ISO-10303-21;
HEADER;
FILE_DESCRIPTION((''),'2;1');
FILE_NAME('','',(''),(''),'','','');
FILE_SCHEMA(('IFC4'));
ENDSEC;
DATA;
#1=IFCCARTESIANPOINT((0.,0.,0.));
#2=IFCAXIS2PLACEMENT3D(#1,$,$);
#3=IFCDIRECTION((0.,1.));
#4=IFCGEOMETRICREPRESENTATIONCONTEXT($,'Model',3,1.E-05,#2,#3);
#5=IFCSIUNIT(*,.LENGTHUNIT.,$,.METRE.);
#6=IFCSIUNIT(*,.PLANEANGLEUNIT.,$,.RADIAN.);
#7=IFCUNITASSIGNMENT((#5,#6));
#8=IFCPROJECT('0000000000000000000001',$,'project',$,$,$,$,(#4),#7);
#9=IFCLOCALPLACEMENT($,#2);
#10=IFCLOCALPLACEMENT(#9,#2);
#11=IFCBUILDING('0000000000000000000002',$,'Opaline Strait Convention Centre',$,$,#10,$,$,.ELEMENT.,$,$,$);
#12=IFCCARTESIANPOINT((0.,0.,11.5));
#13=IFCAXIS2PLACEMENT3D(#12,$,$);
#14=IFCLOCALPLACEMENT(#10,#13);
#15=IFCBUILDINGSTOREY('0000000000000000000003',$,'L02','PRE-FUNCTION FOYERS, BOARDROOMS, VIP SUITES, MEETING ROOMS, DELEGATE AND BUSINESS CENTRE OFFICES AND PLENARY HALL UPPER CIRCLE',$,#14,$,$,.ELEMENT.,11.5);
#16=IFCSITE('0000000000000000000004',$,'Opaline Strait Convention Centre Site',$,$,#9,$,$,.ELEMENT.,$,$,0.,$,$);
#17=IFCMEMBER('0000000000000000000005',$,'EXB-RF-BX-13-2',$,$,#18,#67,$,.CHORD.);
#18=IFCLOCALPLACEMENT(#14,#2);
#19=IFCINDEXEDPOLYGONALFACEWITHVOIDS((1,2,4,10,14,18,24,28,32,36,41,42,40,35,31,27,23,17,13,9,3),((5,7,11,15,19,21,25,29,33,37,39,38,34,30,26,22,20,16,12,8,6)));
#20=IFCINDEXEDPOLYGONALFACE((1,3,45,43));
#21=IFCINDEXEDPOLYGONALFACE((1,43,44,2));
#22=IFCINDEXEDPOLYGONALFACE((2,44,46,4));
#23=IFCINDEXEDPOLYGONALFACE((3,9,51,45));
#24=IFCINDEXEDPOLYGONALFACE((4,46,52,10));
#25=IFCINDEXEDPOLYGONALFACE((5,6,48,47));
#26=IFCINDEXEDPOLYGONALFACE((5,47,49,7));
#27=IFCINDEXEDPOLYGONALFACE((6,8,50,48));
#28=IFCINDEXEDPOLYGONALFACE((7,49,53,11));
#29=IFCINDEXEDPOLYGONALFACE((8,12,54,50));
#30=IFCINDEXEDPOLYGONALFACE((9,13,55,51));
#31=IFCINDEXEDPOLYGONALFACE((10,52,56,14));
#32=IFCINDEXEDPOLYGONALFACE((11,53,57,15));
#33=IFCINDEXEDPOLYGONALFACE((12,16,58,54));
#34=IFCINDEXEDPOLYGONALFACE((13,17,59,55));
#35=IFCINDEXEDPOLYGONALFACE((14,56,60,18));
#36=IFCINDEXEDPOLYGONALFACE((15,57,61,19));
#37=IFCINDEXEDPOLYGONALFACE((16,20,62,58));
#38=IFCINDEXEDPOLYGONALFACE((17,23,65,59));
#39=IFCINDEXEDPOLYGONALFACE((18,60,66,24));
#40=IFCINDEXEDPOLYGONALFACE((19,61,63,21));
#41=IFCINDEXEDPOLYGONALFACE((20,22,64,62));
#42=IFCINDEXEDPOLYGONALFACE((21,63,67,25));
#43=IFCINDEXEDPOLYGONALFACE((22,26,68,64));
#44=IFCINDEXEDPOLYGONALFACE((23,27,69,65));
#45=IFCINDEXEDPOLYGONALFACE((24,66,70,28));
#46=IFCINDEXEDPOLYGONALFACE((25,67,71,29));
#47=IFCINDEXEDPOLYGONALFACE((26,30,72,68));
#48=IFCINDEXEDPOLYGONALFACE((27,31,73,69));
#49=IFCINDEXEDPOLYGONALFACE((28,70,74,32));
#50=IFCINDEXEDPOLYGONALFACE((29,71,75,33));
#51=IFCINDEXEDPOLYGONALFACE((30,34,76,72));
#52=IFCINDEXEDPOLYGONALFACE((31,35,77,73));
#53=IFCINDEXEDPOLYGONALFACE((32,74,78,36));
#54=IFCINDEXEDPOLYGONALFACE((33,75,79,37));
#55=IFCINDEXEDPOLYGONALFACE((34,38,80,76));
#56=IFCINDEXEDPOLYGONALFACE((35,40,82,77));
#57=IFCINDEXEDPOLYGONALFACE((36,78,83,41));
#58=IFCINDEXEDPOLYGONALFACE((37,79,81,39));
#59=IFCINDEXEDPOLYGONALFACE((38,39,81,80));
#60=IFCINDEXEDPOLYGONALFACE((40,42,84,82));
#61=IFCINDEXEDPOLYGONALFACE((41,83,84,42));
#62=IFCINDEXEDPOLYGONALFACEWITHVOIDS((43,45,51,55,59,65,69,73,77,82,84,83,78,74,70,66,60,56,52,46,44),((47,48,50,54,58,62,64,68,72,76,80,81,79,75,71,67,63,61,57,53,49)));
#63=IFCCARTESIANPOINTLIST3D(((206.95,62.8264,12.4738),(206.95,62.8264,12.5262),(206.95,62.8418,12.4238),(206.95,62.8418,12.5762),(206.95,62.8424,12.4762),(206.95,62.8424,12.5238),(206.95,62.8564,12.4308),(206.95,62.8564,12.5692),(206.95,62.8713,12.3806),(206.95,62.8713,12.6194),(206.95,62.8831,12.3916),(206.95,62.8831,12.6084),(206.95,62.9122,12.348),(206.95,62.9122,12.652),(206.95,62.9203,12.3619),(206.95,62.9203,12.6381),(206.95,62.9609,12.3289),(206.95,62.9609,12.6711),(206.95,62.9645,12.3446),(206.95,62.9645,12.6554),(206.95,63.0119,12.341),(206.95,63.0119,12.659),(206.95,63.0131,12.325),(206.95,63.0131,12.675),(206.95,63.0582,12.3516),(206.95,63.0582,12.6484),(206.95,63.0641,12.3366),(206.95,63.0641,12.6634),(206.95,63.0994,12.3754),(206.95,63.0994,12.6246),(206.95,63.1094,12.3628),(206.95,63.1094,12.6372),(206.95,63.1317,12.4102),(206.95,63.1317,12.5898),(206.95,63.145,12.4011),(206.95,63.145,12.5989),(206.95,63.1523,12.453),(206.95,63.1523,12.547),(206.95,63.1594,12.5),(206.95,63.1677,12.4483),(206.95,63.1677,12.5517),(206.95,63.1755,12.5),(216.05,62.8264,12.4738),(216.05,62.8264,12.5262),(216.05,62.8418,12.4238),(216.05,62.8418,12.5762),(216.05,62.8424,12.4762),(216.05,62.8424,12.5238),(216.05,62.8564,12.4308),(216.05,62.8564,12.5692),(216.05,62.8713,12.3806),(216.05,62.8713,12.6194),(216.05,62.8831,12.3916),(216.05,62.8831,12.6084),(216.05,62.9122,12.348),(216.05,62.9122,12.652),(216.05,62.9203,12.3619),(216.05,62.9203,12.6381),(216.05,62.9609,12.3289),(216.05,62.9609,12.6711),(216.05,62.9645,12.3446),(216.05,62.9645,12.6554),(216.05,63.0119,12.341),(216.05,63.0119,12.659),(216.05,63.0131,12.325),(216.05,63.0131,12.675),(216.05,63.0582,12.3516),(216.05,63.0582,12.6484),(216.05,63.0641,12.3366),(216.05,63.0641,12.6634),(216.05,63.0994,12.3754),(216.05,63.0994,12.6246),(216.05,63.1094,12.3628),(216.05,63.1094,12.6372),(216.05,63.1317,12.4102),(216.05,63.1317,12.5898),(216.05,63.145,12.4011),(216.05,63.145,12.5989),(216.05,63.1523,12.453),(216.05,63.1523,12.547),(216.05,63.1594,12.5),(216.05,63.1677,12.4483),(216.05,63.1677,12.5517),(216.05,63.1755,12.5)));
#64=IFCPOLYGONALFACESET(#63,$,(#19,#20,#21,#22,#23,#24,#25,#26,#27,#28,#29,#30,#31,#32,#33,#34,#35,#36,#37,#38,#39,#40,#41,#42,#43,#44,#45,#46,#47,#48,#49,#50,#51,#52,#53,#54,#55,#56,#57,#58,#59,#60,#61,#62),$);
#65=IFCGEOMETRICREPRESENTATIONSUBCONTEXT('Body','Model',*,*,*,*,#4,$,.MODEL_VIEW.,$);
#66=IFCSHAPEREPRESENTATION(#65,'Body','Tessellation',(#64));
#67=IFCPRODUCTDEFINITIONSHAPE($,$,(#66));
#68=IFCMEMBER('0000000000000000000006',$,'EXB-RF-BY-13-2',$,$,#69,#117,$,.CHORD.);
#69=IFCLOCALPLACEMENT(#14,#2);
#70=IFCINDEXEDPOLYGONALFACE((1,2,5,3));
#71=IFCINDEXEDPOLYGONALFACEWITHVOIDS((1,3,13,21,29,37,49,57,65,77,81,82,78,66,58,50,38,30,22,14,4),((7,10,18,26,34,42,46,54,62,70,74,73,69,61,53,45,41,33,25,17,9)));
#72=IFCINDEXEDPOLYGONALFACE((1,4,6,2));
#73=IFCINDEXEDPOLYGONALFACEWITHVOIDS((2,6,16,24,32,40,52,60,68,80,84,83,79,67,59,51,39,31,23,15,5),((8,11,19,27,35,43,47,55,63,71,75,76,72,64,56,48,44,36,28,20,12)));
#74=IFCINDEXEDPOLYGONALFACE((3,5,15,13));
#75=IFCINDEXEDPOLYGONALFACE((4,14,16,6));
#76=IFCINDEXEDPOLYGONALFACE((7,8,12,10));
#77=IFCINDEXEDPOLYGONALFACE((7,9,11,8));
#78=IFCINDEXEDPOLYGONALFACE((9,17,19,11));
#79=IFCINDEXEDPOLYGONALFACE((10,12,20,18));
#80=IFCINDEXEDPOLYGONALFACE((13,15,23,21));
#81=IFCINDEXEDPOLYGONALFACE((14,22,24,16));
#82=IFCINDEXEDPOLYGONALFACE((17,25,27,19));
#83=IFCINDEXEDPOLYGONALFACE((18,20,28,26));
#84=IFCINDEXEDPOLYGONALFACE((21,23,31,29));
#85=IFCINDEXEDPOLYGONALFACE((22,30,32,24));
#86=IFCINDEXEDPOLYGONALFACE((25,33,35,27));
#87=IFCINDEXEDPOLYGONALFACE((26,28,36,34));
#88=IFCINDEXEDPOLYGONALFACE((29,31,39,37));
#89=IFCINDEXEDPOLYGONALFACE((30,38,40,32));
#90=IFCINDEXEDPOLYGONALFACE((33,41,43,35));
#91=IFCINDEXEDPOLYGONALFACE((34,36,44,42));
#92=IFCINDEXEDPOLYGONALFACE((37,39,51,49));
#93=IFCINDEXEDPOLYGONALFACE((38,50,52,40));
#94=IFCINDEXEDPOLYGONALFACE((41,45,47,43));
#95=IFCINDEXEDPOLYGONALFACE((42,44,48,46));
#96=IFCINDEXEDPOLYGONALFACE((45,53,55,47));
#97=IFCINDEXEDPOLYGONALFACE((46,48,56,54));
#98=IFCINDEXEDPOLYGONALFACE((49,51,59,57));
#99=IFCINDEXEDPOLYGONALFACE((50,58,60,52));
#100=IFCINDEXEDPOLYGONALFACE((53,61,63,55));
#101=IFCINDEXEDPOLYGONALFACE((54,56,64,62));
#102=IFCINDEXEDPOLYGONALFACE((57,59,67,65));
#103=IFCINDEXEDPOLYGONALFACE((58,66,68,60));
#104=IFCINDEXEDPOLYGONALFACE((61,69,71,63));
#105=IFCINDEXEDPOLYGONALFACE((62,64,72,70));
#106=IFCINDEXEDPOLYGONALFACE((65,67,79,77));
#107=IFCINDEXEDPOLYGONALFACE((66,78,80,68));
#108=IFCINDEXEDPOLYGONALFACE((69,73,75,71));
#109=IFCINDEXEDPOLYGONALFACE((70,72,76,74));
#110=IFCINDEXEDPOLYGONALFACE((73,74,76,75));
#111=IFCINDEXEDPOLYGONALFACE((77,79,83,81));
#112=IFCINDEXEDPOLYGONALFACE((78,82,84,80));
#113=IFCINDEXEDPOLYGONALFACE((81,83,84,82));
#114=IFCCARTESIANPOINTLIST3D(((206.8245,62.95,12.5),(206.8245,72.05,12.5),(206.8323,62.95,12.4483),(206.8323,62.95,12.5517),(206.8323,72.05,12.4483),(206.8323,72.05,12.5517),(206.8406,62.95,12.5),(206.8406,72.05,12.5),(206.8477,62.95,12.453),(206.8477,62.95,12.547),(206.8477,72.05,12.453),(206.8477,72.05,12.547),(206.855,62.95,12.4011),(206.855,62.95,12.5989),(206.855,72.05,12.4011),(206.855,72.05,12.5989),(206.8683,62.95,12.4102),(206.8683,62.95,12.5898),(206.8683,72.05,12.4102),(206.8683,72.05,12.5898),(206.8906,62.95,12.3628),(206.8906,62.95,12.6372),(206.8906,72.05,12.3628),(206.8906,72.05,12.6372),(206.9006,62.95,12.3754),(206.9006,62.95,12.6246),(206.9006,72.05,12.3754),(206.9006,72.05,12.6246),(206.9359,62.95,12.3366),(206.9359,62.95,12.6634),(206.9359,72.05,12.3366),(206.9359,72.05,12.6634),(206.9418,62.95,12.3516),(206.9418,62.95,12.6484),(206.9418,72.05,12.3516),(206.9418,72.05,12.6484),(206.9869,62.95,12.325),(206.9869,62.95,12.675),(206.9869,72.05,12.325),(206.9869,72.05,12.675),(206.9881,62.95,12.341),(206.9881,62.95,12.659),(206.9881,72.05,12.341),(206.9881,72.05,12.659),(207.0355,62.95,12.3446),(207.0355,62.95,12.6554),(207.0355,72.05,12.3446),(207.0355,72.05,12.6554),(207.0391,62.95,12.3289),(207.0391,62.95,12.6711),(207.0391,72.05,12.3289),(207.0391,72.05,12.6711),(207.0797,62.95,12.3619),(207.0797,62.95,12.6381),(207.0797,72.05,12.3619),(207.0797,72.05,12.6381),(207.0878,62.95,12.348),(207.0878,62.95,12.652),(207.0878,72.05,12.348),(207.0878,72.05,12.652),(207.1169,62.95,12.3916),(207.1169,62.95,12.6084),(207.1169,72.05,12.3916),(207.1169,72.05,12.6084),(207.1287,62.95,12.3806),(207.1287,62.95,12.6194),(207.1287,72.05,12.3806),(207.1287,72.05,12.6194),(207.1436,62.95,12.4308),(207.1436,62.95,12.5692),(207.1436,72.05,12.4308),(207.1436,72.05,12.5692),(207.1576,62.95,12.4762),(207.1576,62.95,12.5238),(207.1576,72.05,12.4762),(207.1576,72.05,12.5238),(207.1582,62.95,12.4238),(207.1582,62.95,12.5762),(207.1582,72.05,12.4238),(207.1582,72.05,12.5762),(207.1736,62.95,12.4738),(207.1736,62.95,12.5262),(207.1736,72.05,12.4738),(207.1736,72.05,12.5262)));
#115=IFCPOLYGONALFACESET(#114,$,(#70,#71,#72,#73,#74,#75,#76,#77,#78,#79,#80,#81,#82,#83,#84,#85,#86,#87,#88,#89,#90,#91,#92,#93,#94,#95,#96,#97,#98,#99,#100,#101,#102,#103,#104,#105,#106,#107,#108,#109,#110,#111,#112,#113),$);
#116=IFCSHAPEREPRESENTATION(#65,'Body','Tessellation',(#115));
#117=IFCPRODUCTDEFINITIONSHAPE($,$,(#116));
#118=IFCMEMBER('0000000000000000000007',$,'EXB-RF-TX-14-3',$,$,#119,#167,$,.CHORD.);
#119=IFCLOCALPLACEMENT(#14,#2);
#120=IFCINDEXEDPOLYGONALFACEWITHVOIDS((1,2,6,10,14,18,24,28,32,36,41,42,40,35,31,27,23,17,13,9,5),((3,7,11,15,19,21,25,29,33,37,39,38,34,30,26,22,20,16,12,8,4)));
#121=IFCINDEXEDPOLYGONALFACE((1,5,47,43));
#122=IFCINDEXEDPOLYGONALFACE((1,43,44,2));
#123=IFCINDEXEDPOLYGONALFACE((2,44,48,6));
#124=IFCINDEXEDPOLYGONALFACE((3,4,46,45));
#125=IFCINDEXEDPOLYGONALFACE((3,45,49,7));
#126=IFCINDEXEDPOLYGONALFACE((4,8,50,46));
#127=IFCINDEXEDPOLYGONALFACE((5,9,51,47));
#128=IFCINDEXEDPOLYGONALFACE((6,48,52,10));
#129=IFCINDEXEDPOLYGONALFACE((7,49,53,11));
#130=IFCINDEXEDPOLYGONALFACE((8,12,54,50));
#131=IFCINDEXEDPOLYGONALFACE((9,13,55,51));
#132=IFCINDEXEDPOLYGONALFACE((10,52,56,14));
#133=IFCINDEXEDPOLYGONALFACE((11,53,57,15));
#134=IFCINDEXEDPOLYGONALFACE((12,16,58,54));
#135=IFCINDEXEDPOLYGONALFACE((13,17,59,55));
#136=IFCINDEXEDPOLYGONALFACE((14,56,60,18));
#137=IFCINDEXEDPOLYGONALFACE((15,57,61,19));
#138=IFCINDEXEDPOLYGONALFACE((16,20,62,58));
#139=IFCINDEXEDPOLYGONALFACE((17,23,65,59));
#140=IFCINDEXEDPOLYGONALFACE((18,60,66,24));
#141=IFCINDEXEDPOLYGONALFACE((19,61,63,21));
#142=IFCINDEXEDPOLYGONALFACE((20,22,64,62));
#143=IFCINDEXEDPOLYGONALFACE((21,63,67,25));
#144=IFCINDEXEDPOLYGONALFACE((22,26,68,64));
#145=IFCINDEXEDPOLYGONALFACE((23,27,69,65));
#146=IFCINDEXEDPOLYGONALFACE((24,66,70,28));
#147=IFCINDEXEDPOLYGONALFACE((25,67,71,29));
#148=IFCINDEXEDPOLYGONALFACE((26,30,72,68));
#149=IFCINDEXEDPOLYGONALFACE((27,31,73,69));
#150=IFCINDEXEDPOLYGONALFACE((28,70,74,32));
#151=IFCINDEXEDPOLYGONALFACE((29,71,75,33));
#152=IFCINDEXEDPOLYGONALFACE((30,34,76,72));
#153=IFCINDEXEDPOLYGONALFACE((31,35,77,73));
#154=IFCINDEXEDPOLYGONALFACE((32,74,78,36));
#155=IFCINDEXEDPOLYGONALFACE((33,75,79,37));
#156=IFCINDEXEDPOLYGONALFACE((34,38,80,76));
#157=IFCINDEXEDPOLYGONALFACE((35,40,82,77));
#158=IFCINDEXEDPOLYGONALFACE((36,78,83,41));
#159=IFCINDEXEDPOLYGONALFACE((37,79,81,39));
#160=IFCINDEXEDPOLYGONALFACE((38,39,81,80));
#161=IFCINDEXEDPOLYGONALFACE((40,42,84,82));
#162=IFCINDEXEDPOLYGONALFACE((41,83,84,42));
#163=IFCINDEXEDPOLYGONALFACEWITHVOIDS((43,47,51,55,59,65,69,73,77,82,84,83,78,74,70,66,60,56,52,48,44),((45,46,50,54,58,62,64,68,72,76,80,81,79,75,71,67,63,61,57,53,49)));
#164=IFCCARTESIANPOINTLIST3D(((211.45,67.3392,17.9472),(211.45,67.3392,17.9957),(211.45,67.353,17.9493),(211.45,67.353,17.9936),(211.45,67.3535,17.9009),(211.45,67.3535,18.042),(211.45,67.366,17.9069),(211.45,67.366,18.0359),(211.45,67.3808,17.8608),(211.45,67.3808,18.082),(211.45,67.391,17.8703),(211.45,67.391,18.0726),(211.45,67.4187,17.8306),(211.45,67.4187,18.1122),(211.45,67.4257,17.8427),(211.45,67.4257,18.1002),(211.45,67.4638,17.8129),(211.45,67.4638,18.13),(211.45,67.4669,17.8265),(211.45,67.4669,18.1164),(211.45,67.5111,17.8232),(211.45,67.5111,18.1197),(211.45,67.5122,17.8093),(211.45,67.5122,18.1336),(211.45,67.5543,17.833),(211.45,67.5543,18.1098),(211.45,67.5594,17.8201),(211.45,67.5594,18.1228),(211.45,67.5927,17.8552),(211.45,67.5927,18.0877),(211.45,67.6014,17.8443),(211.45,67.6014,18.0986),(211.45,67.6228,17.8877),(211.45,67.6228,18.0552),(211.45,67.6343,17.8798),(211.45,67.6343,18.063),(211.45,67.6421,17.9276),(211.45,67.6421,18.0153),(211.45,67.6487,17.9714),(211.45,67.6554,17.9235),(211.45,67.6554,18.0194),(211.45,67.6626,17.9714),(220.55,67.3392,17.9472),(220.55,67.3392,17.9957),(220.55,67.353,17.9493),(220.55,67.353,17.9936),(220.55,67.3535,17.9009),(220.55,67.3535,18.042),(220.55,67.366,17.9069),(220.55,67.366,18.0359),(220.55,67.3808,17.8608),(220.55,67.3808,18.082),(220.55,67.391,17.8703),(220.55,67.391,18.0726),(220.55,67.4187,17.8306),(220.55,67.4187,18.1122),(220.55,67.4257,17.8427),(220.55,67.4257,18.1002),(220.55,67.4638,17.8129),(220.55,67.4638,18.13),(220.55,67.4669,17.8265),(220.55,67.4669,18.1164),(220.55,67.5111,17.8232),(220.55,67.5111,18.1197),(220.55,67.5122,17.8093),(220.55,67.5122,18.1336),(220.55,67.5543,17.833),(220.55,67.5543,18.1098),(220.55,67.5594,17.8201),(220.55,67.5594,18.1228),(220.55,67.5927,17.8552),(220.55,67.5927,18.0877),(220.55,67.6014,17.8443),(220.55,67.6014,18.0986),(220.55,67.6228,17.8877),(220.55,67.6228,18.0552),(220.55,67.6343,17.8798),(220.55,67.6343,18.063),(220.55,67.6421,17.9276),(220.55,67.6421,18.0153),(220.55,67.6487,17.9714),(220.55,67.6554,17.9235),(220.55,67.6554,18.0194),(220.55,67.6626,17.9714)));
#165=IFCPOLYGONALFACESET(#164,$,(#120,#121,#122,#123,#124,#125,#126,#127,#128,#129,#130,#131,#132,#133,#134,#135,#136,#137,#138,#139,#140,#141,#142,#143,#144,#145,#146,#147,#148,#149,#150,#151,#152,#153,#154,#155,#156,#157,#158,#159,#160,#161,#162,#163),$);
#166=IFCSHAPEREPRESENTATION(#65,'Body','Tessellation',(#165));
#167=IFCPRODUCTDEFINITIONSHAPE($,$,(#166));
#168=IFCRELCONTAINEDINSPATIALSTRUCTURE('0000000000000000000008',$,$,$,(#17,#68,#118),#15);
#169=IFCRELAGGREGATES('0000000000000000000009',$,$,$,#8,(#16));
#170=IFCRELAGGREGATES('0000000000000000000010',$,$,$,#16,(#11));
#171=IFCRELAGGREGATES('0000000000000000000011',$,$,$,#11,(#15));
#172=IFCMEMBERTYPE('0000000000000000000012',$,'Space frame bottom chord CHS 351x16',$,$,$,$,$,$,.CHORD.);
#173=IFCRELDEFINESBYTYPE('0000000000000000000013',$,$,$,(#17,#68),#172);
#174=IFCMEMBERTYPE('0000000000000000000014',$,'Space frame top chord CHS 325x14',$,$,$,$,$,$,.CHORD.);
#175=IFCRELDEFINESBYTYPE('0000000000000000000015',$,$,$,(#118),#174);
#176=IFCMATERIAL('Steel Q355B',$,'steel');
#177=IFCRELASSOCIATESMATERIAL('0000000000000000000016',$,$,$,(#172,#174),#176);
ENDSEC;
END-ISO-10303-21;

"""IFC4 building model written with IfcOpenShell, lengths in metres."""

from ifc_helpers import new_model, si_unit, direction, frame, origin, origin_2d, place, context, subcontext, project, spatial, hollow_circle, extrude, material, material_profile, profile_set, type_object, element, save


model = new_model("IFC4")

# Units and contexts
model_context = context("Model", 3, precision=1e-05, world=origin(), true_north=direction((0.0, 1.0)))
body_context = subcontext(model_context, "Body", "Model", "MODEL_VIEW")
ifc_project = project(units=[si_unit("LENGTHUNIT", "METRE"), si_unit("PLANEANGLEUNIT", "RADIAN")], contexts=[model_context])

# Site, building, storey
site_placement = place(None, origin())
site = spatial("IfcSite", under=ifc_project, at=site_placement, Name="Opaline Strait Convention Centre Site", CompositionType="ELEMENT", RefElevation=0.0)
building_placement = place(site_placement, origin())
building = spatial("IfcBuilding", under=site, at=building_placement, Name="Opaline Strait Convention Centre", CompositionType="ELEMENT")
storey_placement = place(building_placement, frame((0.0, 0.0, 11.5)))
storey = spatial("IfcBuildingStorey", under=building, at=storey_placement, Name="L02", Description="PRE-FUNCTION FOYERS, BOARDROOMS, VIP SUITES, MEETING ROOMS, DELEGATE AND BUSINESS CENTRE OFFICES AND PLENARY HALL UPPER CIRCLE", CompositionType="ELEMENT", Elevation=11.5)

# Members
ifc_material = material(Name="Steel Q355B", Category="steel")
ifc_material_profile_1 = material_profile(ifc_material, hollow_circle(Radius=0.1755, WallThickness=0.0161, at=origin_2d()), Name="CHS 351x16")
ifc_profile_set_1 = profile_set([ifc_material_profile_1], Name="Steel Q355B")
member_type_1 = type_object("IfcMemberType", Name="Space frame bottom chord CHS 351x16", PredefinedType="CHORD", material=ifc_profile_set_1)
for number, where, z_axis, x_axis, name in (
    (1, (206.95, 63.0, 12.5), (1.0, 0.0, 0.0), (0.0, 1.0, 0.0), "EXB-RF-BX-13-2"),
    (2, (207.0, 62.95, 12.5), (0.0, 1.0, 0.0), (-1.0, 0.0, 0.0), "EXB-RF-BY-13-2"),
):
    element("IfcMember", number, at=place(storey_placement, frame(where, z_axis=z_axis, x_axis=x_axis)), inside=storey, type_object=member_type_1, Name=name, PredefinedType="CHORD", context=body_context, shape_type="SweptSolid", body=[
        extrude(hollow_circle(Radius=0.1755, WallThickness=0.0161, at=origin_2d()), origin(), (0.0, 0.0, 1.0), 9.1001),
    ])
ifc_material_profile_2 = material_profile(ifc_material, hollow_circle(Radius=0.1626, WallThickness=0.0139, at=origin_2d()), Name="CHS 325x14")
ifc_profile_set_2 = profile_set([ifc_material_profile_2], Name="Steel Q355B")
member_type_2 = type_object("IfcMemberType", Name="Space frame top chord CHS 325x14", PredefinedType="CHORD", material=ifc_profile_set_2)
for number, where, z_axis, x_axis, name in (
    (3, (211.45, 67.5, 17.9714), (1.0, 0.0, 0.0), (0.0, 1.0, 0.0), "EXB-RF-TX-14-3"),
):
    element("IfcMember", number, at=place(storey_placement, frame(where, z_axis=z_axis, x_axis=x_axis)), inside=storey, type_object=member_type_2, Name=name, PredefinedType="CHORD", context=body_context, shape_type="SweptSolid", body=[
        extrude(hollow_circle(Radius=0.1626, WallThickness=0.0139, at=origin_2d()), origin(), (0.0, 0.0, 1.0), 9.1001),
    ])

save(model, "model.ifc")
